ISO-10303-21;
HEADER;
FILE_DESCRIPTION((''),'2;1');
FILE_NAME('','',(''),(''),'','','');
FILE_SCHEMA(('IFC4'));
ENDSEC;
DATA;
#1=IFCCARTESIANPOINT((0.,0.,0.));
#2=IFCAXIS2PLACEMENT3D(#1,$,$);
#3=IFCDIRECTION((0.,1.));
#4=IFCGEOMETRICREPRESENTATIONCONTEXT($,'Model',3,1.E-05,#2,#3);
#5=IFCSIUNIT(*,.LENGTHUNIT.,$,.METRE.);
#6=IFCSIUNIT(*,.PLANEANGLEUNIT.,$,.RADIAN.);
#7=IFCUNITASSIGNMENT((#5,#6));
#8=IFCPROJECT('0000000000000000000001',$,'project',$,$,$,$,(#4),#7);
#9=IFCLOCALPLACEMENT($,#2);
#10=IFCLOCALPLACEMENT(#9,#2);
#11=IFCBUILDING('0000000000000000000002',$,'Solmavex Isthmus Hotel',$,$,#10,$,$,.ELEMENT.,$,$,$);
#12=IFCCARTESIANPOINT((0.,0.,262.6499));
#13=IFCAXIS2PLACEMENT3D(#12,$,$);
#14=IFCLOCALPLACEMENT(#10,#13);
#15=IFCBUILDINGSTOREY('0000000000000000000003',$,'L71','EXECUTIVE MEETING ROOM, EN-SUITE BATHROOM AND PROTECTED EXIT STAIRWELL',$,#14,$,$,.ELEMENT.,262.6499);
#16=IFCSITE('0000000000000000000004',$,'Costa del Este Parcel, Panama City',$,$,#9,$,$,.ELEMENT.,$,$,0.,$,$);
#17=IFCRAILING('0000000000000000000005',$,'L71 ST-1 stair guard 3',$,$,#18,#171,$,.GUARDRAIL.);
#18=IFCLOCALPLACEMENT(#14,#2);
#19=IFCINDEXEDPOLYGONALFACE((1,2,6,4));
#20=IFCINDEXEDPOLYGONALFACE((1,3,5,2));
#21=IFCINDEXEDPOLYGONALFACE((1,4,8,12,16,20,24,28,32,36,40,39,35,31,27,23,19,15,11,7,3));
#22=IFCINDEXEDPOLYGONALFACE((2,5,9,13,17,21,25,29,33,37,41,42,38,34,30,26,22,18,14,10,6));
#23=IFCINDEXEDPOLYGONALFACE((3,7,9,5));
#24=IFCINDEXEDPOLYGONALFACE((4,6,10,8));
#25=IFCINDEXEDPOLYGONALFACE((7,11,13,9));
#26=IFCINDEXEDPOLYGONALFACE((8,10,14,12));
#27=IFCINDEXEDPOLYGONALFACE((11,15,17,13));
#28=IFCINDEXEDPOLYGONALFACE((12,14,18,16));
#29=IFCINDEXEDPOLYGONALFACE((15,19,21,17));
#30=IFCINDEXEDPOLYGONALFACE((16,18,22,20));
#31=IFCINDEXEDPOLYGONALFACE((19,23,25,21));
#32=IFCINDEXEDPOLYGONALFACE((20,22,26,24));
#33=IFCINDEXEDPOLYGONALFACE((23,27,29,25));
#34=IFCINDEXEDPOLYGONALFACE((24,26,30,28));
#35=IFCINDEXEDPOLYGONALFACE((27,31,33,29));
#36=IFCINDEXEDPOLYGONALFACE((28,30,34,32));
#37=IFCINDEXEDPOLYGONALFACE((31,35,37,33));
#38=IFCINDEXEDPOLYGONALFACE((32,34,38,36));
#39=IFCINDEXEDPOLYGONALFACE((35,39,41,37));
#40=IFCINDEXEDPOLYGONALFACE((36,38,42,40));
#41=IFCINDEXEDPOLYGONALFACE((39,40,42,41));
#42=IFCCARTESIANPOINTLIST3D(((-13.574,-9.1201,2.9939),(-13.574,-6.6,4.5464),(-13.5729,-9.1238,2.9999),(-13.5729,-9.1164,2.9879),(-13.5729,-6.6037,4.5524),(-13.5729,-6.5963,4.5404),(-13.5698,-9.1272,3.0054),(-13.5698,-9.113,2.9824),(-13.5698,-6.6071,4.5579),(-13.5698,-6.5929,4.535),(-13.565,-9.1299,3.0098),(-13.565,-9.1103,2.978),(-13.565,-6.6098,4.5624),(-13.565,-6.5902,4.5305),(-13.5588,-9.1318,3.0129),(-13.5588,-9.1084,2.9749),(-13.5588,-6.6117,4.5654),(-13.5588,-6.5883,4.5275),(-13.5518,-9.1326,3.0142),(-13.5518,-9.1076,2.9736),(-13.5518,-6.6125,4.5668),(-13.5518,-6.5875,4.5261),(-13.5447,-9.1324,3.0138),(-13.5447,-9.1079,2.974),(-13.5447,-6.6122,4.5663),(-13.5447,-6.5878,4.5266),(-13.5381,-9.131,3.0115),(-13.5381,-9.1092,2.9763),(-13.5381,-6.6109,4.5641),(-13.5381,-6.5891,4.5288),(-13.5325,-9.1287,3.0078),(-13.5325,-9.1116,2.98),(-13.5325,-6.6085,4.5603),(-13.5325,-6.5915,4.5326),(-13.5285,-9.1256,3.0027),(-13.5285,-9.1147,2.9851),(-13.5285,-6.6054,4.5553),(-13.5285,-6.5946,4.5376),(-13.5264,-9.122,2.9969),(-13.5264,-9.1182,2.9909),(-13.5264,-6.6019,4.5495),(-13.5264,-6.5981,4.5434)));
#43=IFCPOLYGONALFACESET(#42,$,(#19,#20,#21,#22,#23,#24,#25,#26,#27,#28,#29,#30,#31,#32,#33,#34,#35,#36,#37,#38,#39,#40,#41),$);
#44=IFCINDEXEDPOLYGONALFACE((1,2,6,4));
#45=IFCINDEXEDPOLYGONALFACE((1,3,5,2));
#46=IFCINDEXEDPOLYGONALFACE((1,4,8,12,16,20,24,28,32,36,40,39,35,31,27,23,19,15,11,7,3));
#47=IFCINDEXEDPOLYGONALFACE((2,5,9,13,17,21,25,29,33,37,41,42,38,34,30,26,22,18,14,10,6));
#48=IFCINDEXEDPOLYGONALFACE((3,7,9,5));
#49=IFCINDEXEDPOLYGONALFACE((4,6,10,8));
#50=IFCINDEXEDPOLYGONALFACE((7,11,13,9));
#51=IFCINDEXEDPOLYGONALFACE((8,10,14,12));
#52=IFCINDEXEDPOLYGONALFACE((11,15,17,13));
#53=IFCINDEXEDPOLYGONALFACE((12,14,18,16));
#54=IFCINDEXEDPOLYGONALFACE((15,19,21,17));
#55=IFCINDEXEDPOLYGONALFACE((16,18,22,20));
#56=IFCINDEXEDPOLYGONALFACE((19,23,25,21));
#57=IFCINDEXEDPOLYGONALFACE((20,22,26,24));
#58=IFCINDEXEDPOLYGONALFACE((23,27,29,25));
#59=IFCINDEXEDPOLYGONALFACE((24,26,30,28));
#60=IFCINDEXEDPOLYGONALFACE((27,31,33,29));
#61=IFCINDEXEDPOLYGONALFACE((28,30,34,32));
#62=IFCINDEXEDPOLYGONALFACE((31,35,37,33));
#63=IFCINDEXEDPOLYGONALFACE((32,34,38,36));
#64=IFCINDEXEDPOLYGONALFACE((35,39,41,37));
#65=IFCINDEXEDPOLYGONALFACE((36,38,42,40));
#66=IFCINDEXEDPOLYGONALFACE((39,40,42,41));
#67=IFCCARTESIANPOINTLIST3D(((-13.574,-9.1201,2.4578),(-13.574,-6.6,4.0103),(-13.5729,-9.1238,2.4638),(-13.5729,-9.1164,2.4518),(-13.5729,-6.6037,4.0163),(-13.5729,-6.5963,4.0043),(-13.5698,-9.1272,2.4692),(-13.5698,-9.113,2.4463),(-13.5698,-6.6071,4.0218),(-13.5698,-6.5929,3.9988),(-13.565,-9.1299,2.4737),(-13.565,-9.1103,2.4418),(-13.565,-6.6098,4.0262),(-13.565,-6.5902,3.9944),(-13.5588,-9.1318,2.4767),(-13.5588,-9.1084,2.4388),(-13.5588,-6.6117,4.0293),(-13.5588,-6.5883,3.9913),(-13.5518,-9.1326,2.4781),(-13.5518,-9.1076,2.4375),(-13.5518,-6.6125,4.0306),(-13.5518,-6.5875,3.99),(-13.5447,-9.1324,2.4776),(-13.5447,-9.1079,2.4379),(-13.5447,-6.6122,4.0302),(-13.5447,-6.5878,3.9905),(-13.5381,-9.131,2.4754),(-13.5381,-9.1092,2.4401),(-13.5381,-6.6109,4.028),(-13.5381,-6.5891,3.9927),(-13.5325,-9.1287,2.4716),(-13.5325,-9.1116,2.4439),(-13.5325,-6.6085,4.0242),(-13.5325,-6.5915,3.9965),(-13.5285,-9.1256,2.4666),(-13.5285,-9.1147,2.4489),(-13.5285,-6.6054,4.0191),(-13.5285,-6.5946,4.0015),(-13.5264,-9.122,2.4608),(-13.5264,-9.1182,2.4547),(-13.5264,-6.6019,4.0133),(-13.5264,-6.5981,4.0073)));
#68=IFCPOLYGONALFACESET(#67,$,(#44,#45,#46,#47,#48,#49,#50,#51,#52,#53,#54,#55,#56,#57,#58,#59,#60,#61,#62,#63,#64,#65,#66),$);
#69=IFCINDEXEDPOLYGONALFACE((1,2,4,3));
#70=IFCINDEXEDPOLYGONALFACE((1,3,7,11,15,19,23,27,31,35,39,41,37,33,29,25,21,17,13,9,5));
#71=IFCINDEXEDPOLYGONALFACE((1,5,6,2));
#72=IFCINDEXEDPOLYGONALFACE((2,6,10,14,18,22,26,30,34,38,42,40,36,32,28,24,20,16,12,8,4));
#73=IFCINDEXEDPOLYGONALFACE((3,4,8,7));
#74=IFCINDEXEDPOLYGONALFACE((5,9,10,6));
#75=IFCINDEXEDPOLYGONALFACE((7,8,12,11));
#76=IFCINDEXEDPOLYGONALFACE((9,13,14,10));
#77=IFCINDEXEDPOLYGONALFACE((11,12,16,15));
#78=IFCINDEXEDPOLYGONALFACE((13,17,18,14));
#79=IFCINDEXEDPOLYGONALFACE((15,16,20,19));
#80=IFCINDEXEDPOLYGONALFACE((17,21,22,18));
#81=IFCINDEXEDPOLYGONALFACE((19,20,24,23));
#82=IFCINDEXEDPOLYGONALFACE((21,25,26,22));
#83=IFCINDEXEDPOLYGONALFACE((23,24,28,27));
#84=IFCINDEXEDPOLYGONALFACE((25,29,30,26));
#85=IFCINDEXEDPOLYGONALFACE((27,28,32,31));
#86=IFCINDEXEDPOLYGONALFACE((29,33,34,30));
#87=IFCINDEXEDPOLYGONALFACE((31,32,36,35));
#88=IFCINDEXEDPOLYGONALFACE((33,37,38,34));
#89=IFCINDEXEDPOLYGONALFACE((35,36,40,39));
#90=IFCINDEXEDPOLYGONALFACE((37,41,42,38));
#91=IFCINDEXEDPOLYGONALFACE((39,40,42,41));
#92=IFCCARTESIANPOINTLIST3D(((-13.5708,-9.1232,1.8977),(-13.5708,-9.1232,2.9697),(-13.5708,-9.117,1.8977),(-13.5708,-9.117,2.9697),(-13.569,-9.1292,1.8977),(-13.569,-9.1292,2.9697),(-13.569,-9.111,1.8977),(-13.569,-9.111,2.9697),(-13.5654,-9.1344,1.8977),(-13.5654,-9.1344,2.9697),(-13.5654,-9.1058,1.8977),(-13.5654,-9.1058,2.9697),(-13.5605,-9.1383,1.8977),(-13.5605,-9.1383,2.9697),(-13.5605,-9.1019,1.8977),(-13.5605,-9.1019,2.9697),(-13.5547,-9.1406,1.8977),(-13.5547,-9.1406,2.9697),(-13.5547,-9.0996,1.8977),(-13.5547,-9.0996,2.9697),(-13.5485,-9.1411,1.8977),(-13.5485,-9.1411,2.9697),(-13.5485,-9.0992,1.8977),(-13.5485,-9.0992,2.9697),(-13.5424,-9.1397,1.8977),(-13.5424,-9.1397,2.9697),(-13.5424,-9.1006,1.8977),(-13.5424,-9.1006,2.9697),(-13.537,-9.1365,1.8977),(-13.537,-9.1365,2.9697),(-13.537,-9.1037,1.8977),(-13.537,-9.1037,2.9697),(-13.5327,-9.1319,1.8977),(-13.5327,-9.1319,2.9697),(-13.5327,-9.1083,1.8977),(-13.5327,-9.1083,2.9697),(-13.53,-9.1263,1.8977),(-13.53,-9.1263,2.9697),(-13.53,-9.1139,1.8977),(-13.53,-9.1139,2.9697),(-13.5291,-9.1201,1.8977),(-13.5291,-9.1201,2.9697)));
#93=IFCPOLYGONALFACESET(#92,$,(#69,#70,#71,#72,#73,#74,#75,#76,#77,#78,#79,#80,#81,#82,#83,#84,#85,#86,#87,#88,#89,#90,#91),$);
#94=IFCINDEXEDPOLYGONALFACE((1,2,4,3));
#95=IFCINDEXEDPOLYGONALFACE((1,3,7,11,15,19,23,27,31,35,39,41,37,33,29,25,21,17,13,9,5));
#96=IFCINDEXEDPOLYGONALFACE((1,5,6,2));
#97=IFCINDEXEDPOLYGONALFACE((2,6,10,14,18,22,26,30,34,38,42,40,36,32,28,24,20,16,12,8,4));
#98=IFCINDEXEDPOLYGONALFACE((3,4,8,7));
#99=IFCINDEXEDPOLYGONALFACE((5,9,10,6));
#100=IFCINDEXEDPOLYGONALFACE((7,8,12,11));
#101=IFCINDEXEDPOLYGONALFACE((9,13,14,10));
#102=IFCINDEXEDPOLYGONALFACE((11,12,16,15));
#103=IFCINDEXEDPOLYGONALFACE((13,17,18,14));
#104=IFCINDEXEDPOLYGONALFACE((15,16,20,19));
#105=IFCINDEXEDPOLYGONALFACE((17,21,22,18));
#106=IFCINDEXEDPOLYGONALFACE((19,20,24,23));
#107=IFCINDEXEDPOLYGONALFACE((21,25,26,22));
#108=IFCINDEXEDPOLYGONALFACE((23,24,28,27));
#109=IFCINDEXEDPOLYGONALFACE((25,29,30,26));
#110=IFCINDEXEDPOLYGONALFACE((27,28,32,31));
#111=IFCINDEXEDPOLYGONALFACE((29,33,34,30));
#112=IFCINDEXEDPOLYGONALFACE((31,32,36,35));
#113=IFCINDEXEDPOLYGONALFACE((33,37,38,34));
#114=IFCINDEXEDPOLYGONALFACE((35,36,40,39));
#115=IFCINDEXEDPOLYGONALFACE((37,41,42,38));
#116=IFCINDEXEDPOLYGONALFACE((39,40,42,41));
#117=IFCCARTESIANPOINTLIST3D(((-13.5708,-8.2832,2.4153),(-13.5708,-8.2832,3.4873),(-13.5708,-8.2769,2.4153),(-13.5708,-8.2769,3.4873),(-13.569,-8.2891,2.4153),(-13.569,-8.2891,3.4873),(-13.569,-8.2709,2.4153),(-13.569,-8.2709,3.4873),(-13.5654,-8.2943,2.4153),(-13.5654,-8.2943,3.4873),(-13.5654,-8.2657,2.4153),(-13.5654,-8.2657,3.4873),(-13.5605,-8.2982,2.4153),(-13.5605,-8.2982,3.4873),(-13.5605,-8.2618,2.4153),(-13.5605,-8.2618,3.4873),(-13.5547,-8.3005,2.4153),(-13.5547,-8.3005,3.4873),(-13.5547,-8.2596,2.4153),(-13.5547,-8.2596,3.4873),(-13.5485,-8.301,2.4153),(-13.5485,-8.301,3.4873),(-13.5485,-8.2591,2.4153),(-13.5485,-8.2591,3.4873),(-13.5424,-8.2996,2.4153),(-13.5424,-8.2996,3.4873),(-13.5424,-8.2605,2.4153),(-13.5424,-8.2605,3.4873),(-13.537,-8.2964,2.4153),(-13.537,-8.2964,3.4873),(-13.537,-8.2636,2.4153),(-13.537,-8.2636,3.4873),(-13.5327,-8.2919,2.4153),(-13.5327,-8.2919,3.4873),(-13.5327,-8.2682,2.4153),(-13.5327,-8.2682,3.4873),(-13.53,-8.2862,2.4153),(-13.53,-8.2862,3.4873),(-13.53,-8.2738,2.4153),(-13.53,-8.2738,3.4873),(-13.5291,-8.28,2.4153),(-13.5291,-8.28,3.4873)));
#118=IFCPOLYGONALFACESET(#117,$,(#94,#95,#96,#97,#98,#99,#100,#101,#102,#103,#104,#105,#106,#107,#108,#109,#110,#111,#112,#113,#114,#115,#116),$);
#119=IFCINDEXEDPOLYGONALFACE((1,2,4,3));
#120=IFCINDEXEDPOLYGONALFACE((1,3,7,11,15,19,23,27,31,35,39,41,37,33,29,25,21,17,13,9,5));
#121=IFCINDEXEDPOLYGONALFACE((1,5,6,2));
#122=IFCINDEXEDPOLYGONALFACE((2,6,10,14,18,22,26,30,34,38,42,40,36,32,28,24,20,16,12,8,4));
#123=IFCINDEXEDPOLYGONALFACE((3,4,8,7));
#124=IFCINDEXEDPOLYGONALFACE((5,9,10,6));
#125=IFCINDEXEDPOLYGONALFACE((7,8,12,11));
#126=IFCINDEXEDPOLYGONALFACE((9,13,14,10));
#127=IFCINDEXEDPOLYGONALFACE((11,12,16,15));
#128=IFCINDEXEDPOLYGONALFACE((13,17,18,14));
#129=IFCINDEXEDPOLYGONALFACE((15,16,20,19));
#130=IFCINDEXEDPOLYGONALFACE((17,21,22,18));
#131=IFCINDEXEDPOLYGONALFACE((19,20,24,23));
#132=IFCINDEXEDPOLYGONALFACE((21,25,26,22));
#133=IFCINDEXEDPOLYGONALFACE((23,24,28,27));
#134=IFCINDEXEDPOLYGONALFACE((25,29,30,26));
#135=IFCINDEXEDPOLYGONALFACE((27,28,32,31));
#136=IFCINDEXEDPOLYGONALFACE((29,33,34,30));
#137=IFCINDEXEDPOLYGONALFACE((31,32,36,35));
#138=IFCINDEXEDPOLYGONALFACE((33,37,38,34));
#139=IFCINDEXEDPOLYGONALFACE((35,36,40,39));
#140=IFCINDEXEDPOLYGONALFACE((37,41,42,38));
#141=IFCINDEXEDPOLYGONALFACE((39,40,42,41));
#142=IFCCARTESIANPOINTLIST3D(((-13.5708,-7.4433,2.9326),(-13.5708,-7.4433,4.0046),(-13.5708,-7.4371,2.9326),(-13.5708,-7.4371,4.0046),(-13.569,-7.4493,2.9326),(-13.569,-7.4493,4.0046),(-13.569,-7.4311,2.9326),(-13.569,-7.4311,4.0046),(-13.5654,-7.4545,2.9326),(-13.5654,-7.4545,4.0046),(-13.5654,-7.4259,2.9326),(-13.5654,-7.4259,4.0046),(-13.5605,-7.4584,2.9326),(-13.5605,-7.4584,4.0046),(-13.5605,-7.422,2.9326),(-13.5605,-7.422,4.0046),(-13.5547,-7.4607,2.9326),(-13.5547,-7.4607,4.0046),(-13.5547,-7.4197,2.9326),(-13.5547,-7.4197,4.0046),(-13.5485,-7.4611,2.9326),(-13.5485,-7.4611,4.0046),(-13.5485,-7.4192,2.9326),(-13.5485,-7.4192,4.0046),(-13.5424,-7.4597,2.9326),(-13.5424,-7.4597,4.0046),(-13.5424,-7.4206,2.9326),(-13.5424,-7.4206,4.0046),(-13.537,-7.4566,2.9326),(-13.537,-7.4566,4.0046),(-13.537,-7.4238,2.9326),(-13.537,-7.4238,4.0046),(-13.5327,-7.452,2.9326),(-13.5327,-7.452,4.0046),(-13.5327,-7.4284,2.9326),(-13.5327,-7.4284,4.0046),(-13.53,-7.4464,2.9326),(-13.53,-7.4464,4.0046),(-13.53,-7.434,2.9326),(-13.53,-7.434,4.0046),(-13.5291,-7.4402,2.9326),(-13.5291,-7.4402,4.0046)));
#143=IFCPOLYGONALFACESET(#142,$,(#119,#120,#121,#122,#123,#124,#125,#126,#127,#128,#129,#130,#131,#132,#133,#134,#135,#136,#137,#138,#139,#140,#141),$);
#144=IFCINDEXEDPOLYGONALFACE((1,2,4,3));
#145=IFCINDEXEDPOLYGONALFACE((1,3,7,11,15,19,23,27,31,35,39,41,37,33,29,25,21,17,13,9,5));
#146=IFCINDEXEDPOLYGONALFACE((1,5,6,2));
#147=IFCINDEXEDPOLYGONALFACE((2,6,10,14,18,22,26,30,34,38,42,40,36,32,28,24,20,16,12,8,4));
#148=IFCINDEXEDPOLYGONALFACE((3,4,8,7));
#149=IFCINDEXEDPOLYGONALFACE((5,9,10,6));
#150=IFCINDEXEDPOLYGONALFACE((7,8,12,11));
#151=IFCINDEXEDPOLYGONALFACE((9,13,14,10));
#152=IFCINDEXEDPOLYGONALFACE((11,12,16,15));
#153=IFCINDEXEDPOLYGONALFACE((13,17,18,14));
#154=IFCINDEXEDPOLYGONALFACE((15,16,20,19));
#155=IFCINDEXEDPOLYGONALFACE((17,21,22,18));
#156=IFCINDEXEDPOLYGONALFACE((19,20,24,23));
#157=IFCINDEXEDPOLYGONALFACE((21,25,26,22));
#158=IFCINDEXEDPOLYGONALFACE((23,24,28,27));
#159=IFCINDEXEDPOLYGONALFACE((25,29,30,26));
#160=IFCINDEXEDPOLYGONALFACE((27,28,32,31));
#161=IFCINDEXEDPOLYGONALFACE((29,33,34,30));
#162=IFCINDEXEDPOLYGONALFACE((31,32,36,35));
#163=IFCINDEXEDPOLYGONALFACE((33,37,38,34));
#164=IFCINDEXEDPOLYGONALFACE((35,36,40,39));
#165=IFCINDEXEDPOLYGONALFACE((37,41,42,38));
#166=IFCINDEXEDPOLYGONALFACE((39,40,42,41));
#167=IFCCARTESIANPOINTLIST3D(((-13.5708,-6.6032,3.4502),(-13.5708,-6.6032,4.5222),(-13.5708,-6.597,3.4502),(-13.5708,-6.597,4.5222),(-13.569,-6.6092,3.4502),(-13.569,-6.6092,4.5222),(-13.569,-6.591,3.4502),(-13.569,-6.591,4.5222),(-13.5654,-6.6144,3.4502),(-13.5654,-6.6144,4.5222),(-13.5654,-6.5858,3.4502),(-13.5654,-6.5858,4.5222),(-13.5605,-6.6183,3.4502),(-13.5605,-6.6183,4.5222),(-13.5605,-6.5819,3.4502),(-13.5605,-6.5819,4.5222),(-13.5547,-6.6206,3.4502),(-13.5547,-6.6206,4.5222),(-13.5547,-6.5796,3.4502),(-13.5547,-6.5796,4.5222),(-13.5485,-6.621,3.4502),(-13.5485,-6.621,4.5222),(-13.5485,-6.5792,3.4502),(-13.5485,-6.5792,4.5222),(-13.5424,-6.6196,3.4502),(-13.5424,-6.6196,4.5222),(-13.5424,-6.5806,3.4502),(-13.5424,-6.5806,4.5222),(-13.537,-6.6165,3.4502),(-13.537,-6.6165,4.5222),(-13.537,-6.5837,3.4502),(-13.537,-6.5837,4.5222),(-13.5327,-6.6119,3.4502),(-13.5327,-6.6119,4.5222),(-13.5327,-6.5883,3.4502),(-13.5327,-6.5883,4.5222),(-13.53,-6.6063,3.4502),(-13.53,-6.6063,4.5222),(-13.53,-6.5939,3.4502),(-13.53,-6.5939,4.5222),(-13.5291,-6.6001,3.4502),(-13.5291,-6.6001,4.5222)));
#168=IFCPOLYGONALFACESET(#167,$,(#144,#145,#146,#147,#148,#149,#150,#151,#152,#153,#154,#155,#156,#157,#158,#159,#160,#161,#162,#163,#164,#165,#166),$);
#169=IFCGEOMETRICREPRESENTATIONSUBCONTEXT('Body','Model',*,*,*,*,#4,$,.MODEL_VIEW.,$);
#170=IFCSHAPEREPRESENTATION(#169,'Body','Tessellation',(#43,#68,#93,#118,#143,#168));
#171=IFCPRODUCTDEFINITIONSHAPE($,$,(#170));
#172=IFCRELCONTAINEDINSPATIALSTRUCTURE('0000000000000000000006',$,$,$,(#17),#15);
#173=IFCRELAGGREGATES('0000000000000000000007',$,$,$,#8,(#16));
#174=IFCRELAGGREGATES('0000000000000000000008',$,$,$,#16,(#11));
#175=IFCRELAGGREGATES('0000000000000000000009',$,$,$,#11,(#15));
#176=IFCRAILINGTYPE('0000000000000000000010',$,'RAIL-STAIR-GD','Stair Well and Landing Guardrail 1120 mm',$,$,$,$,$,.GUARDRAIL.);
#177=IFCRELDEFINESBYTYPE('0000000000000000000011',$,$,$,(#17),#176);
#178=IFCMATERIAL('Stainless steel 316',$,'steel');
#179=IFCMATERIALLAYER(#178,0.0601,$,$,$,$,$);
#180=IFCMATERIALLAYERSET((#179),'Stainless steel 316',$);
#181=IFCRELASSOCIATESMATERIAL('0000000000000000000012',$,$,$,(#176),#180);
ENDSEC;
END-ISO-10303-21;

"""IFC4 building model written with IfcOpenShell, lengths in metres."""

from ifc_helpers import new_model, si_unit, direction, frame, origin, origin_2d, place, context, subcontext, project, spatial, circle, extrude, material, layer, layer_set, type_object, element, save


model = new_model("IFC4")

# Units and contexts
model_context = context("Model", 3, precision=1e-05, world=origin(), true_north=direction((0.0, 1.0)))
body_context = subcontext(model_context, "Body", "Model", "MODEL_VIEW")
ifc_project = project(units=[si_unit("LENGTHUNIT", "METRE"), si_unit("PLANEANGLEUNIT", "RADIAN")], contexts=[model_context])

# Site, building, storey
site_placement = place(None, origin())
site = spatial("IfcSite", under=ifc_project, at=site_placement, Name="Costa del Este Parcel, Panama City", CompositionType="ELEMENT", RefElevation=0.0)
building_placement = place(site_placement, origin())
building = spatial("IfcBuilding", under=site, at=building_placement, Name="Solmavex Isthmus Hotel", CompositionType="ELEMENT")
storey_placement = place(building_placement, frame((0.0, 0.0, 262.6499)))
storey = spatial("IfcBuildingStorey", under=building, at=storey_placement, Name="L71", Description="EXECUTIVE MEETING ROOM, EN-SUITE BATHROOM AND PROTECTED EXIT STAIRWELL", CompositionType="ELEMENT", Elevation=262.6499)

# Shared definitions
ifc_material_1 = material(Name="Stainless steel 316", Category="steel")

# Railing
ifc_layer_1 = layer(ifc_material_1, 0.0601)
ifc_layer_set_1 = layer_set([ifc_layer_1], Name="Stainless steel 316")
railing_type_1 = type_object("IfcRailingType", Name="RAIL-STAIR-GD", Description="Stair Well and Landing Guardrail 1120 mm", PredefinedType="GUARDRAIL", material=ifc_layer_set_1)
railing_1_placement = place(storey_placement, frame((-13.55, -9.1201, 1.8977)))
element("IfcRailing", 1, at=railing_1_placement, inside=storey, type_object=railing_type_1, Name="L71 ST-1 stair guard 3", PredefinedType="GUARDRAIL", context=body_context, shape_type="SweptSolid", body=[
    extrude(circle(Radius=0.0239, at=origin_2d()), frame((0.0, 0.0, 1.0962), z_axis=(0.0, 0.8514, 0.524516), x_axis=(-1.0, 0.0, 0.0)), (0.0, 0.0, 1.0), 2.96),
    extrude(circle(Radius=0.0239, at=origin_2d()), frame((0.0, 0.0, 0.5601), z_axis=(0.0, 0.8514, 0.524516), x_axis=(-1.0, 0.0, 0.0)), (0.0, 0.0, 1.0), 2.96),
    extrude(circle(Radius=0.021, at=origin_2d()), origin(), (0.0, 0.0, 1.0), 1.072),
    extrude(circle(Radius=0.021, at=origin_2d()), frame((0.0, 0.8401, 0.5176)), (0.0, 0.0, 1.0), 1.072),
    extrude(circle(Radius=0.021, at=origin_2d()), frame((0.0, 1.6799, 1.0349)), (0.0, 0.0, 1.0), 1.072),
    extrude(circle(Radius=0.021, at=origin_2d()), frame((0.0, 2.52, 1.5525)), (0.0, 0.0, 1.0), 1.072),
])

save(model, "model.ifc")
